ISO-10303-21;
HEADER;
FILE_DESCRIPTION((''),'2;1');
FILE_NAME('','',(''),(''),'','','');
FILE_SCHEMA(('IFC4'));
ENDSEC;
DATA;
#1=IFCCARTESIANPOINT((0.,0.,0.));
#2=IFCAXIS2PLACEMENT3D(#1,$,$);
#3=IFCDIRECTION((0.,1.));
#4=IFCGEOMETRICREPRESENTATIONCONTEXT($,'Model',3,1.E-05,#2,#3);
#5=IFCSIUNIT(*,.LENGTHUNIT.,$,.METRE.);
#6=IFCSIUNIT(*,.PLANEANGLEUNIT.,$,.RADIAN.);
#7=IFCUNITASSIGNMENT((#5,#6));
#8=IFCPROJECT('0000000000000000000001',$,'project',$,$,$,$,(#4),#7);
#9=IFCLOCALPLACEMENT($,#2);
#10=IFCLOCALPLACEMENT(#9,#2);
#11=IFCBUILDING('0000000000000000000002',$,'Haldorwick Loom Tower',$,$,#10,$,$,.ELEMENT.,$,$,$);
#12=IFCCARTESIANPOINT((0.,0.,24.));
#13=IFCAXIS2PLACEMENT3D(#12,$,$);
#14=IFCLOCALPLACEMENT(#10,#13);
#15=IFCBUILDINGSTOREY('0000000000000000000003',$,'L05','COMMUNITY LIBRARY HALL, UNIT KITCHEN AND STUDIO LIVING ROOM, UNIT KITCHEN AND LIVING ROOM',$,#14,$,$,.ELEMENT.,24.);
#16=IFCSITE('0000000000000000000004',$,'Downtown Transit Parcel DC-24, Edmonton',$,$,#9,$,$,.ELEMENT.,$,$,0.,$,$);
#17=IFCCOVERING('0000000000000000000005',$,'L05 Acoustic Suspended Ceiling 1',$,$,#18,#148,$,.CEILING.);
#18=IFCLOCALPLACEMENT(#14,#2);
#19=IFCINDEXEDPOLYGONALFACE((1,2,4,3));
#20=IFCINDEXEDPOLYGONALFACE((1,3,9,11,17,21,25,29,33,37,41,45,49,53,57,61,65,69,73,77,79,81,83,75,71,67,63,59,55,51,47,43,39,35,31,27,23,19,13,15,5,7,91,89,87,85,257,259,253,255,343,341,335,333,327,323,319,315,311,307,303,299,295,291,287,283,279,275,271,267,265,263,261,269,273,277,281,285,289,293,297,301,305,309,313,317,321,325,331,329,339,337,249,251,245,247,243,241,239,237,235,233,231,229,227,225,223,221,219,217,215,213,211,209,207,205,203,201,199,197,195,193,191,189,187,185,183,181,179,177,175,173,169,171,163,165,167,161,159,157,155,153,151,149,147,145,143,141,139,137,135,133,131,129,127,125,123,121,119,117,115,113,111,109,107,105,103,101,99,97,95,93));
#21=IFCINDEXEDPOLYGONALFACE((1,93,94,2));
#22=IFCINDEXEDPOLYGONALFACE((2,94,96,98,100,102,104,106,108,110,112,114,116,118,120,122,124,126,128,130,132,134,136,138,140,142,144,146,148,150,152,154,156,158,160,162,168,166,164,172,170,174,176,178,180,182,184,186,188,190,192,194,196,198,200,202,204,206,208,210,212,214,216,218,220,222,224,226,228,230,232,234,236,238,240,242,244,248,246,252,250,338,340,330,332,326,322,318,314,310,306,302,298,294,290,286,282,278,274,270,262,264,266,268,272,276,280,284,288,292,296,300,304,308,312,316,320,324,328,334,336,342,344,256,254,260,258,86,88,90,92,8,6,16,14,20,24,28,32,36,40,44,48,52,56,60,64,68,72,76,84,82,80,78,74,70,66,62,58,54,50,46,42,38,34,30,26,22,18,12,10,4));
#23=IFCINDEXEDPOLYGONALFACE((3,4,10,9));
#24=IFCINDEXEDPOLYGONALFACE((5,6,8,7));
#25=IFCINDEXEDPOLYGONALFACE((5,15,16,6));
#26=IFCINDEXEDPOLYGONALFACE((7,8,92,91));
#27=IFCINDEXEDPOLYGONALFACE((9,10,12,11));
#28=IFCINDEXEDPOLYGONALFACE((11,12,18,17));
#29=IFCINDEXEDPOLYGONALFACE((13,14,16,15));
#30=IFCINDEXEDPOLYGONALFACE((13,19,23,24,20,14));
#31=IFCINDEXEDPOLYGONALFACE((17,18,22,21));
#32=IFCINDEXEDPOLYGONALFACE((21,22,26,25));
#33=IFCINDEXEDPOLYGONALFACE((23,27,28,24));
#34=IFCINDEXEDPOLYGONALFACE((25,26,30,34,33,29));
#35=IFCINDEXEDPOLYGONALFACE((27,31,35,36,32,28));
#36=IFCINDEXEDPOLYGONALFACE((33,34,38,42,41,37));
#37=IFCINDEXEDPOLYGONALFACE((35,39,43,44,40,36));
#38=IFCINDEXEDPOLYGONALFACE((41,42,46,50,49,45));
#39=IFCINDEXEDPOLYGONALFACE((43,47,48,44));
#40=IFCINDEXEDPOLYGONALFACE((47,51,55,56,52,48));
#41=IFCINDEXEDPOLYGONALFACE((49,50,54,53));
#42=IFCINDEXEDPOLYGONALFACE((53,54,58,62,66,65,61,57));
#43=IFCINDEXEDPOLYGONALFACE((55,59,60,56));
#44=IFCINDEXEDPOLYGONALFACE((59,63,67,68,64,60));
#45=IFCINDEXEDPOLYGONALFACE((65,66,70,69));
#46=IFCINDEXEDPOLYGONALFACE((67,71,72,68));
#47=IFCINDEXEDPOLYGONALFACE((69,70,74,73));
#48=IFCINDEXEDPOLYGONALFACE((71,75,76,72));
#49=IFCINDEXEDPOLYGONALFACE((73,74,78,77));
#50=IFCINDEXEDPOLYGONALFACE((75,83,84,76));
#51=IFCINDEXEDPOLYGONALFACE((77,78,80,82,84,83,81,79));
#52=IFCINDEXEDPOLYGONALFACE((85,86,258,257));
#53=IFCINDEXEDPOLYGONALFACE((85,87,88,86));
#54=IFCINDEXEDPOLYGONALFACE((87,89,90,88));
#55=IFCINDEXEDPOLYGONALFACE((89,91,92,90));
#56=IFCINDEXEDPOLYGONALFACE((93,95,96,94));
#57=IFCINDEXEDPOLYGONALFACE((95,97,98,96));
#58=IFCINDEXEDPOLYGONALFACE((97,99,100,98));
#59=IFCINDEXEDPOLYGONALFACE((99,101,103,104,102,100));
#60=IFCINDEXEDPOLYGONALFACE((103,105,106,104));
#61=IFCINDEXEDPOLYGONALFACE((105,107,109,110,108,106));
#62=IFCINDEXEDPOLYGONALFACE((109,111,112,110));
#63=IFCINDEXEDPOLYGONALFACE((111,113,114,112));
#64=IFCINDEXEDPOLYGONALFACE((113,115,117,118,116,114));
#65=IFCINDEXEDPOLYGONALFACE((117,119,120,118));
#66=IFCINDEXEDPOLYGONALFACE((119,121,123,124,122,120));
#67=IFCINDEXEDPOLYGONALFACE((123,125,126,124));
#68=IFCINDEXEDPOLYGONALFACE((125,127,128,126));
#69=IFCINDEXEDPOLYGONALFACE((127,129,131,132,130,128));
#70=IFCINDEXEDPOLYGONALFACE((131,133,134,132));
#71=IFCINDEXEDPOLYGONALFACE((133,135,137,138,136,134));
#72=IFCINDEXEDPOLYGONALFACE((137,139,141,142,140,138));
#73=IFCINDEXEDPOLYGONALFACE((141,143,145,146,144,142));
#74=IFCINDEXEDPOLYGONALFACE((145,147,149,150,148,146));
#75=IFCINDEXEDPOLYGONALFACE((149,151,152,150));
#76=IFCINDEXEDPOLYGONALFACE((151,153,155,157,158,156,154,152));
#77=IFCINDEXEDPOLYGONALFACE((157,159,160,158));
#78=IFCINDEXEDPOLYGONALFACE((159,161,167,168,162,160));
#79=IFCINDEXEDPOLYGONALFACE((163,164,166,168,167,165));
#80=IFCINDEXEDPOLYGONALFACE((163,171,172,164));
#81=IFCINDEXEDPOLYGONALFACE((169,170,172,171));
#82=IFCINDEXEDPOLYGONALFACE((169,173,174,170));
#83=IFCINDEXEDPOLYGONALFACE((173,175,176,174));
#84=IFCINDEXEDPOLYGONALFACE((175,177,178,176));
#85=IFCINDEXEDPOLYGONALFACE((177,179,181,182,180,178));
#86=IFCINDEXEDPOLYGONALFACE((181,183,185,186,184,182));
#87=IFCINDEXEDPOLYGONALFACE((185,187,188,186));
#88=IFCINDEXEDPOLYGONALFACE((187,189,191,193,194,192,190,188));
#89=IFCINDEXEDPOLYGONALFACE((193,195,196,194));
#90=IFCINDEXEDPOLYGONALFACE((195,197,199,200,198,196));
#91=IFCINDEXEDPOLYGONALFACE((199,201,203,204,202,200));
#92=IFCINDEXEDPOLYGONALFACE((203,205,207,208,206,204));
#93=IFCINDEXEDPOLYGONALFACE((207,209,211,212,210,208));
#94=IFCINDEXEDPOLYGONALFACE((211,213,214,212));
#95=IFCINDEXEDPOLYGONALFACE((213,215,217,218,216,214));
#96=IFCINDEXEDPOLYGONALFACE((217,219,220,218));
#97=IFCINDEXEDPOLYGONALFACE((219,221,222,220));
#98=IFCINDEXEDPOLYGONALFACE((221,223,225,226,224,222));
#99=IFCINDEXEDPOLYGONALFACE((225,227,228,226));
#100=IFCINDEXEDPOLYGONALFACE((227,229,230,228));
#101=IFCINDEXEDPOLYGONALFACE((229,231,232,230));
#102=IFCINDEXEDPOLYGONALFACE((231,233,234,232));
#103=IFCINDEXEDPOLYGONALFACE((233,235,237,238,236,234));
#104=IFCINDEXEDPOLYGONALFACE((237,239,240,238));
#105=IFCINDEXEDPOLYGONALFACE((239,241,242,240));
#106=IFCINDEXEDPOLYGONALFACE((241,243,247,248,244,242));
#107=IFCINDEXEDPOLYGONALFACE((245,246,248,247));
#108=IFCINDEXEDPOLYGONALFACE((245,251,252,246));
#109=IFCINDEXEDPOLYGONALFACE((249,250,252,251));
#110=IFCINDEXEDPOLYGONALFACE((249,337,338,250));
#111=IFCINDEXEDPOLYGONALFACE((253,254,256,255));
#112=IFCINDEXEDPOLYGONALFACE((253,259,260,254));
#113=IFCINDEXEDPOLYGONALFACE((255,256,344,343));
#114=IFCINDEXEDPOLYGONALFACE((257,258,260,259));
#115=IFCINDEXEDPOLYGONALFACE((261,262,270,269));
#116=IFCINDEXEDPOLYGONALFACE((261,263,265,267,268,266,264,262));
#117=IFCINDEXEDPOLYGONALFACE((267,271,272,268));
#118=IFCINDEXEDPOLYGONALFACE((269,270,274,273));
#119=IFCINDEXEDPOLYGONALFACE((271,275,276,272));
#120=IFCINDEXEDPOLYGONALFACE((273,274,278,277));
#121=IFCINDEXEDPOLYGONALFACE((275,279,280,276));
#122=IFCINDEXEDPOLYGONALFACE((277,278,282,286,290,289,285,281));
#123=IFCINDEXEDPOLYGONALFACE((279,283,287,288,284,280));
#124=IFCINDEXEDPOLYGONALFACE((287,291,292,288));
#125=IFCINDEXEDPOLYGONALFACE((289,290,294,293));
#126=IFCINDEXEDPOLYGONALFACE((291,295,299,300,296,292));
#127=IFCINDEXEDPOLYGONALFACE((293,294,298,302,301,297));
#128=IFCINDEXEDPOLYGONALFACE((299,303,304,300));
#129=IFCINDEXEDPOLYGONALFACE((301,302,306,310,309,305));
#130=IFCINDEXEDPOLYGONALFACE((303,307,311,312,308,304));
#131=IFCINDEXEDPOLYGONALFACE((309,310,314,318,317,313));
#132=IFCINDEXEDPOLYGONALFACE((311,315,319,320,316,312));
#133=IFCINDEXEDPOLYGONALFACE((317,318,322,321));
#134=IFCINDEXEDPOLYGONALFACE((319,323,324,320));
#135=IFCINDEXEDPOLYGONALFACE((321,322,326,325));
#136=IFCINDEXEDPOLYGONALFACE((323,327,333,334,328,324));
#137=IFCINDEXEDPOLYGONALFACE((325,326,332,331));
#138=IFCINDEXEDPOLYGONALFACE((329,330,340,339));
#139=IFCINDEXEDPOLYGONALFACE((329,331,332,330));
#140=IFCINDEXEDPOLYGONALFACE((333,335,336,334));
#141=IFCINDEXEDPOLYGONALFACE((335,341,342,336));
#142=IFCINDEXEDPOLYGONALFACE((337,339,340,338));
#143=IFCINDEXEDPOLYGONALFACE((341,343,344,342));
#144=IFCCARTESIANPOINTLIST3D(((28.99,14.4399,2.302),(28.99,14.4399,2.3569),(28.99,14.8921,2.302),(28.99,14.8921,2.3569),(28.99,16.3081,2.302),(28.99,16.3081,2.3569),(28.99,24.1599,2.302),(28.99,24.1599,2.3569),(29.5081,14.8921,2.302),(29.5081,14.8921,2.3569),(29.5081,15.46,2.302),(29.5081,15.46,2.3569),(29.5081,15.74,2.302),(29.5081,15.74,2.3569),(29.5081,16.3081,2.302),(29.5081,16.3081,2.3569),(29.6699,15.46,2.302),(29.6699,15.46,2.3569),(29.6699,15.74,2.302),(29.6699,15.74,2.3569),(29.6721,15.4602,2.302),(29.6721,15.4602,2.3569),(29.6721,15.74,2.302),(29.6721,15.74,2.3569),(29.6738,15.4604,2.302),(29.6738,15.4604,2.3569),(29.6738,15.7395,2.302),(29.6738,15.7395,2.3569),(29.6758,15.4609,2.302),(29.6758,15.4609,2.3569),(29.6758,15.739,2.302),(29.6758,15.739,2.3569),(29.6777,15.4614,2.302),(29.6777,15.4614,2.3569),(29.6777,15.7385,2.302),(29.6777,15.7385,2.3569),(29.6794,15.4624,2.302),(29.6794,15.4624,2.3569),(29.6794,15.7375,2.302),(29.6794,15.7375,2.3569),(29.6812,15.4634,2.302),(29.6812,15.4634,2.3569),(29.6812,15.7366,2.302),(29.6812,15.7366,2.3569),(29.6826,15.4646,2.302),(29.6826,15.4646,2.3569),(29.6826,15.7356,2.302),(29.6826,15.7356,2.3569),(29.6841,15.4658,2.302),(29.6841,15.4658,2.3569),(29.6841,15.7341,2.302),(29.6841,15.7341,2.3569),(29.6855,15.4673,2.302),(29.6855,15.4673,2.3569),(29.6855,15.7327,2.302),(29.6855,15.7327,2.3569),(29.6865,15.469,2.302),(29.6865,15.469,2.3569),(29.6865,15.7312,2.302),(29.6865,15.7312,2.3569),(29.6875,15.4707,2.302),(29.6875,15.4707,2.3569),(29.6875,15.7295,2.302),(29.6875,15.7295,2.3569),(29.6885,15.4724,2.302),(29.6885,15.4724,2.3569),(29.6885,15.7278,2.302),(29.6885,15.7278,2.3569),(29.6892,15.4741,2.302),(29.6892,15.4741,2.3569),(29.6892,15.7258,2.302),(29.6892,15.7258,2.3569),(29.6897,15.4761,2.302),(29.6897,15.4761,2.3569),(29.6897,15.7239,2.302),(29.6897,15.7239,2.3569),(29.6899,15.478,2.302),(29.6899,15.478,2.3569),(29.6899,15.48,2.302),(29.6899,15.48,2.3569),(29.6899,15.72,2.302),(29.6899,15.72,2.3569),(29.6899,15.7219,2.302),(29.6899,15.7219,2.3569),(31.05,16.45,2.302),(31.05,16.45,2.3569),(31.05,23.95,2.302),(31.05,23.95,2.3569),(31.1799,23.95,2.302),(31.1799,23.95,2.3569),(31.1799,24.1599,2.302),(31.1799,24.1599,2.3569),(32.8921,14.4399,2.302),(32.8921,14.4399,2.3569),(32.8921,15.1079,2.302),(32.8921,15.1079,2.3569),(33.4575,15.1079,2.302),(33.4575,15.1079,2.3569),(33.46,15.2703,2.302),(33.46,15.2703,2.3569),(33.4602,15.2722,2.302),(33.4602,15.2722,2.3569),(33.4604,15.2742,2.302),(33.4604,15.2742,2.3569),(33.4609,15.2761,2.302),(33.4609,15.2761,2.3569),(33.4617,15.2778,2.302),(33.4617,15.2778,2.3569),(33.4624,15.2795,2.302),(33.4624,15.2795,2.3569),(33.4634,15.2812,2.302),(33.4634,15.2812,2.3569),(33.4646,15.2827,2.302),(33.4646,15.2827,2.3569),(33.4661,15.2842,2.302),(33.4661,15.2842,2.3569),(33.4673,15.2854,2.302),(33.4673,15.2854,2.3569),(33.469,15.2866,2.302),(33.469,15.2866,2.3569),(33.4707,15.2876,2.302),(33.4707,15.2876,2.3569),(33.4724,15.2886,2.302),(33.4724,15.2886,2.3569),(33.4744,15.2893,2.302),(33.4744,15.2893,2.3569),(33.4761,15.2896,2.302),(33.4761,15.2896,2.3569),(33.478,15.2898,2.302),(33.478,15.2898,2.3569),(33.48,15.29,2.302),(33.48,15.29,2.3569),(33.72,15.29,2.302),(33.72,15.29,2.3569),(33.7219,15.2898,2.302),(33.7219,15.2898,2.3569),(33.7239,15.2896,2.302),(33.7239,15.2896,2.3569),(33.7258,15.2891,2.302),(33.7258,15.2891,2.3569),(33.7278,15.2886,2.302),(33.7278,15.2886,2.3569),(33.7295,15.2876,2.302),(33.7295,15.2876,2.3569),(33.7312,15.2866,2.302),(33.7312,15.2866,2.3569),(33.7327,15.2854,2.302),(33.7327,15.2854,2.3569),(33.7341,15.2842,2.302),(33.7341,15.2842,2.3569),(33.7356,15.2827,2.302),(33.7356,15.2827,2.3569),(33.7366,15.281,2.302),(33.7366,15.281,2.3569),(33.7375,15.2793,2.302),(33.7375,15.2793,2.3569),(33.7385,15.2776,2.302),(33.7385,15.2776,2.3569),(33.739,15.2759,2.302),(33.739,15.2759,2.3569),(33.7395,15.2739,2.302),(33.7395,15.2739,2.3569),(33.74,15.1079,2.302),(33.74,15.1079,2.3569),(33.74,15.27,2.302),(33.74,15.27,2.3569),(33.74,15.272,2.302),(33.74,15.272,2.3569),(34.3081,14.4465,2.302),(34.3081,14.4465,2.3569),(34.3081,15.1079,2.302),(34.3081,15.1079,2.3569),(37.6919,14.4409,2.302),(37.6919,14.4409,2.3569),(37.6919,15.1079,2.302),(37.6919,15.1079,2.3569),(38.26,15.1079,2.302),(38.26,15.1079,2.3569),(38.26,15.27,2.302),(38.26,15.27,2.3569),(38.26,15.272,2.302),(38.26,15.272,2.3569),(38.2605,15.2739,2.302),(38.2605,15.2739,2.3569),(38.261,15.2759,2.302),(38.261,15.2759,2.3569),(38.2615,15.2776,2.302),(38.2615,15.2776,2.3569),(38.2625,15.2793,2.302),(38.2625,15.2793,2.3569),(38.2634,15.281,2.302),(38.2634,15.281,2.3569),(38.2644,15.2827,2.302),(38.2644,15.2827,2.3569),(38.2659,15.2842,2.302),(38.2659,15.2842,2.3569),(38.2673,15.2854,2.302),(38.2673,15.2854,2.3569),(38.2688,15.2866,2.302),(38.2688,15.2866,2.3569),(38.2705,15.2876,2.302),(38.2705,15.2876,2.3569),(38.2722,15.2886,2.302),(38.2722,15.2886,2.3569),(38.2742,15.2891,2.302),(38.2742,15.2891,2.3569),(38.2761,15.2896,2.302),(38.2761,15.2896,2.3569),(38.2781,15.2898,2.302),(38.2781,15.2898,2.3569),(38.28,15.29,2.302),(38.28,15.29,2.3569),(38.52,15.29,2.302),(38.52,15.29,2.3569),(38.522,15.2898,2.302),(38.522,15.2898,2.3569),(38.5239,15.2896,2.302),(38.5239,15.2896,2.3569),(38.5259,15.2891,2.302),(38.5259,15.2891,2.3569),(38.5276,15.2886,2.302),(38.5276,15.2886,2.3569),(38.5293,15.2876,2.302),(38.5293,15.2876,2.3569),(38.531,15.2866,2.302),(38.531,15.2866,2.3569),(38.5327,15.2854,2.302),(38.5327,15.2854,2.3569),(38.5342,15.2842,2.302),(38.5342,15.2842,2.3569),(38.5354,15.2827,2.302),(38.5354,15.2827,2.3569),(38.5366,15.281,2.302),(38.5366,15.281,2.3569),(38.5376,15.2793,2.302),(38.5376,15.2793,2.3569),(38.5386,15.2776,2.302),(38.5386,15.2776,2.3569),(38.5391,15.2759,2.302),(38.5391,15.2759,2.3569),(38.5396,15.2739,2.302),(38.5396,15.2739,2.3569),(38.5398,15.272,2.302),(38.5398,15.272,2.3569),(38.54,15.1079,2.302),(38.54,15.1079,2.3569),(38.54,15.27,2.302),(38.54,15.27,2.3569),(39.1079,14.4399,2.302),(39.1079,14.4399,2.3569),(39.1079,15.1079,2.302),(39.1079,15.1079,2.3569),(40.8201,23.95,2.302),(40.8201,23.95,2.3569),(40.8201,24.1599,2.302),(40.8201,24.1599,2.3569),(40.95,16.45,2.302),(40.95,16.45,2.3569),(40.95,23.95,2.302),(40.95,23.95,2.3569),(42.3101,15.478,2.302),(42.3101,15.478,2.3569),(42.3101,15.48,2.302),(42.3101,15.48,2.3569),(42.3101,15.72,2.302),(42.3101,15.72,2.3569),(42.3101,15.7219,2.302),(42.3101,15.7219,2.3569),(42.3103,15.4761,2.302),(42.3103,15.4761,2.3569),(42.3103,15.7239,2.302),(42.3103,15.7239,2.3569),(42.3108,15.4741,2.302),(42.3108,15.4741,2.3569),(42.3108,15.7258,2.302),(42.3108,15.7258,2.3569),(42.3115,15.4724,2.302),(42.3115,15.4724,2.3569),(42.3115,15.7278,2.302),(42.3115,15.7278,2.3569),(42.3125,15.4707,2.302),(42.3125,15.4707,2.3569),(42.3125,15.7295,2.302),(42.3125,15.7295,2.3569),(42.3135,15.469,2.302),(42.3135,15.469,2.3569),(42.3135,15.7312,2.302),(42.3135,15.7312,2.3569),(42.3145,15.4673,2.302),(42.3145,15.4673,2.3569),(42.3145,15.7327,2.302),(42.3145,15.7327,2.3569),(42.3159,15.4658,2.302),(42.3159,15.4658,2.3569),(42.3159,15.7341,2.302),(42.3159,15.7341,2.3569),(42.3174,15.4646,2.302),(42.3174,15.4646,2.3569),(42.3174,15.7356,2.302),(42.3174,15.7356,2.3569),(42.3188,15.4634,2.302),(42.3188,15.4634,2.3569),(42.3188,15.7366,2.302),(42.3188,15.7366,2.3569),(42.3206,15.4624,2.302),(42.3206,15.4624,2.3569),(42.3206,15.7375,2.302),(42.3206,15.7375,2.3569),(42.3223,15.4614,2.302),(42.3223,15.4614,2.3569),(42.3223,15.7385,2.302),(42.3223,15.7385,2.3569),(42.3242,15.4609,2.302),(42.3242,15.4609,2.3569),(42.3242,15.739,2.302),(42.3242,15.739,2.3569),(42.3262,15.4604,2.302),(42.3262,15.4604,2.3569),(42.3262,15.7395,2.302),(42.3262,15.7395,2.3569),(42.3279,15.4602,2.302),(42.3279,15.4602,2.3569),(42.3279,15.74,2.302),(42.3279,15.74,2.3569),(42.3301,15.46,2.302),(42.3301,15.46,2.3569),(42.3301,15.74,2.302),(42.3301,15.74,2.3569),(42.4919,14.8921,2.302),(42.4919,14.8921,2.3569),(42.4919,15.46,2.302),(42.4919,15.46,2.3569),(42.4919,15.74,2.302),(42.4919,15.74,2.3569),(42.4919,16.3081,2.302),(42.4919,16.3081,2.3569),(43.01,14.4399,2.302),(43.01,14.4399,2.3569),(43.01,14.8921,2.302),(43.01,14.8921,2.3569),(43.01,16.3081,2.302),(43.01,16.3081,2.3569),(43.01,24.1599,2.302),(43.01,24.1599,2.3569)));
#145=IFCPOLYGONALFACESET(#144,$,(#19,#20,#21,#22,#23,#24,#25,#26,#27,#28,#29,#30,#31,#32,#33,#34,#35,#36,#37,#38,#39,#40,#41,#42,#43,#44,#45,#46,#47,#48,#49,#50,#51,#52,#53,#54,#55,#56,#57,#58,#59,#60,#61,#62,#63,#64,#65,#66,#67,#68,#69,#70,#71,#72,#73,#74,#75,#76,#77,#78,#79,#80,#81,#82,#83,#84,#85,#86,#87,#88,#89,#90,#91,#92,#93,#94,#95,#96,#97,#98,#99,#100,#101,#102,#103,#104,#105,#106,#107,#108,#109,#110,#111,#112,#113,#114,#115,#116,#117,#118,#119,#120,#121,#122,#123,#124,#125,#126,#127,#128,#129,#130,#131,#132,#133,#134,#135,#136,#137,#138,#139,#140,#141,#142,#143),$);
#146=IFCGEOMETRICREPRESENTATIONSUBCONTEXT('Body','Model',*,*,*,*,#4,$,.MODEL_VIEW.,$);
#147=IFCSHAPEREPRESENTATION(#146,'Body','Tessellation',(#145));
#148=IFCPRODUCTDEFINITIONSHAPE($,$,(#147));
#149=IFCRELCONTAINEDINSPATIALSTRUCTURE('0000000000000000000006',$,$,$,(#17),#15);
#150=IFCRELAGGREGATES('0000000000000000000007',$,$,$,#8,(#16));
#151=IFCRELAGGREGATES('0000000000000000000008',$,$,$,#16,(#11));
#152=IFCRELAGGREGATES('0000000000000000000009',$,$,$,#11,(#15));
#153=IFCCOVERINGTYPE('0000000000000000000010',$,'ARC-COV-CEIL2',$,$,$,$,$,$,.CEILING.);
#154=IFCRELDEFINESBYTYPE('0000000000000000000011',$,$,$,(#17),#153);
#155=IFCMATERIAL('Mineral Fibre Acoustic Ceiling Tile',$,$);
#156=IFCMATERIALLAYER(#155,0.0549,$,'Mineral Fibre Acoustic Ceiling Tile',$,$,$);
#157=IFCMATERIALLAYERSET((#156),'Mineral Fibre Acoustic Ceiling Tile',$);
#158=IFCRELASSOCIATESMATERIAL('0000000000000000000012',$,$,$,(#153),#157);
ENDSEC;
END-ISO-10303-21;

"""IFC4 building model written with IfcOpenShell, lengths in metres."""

from ifc_helpers import new_model, si_unit, direction, frame, origin, place, context, subcontext, project, spatial, polyline, outline, extrude, material, layer, layer_set, type_object, element, save


model = new_model("IFC4")

# Units and contexts
model_context = context("Model", 3, precision=1e-05, world=origin(), true_north=direction((0.0, 1.0)))
body_context = subcontext(model_context, "Body", "Model", "MODEL_VIEW")
ifc_project = project(units=[si_unit("LENGTHUNIT", "METRE"), si_unit("PLANEANGLEUNIT", "RADIAN")], contexts=[model_context])

# Site, building, storey
site_placement = place(None, origin())
site = spatial("IfcSite", under=ifc_project, at=site_placement, Name="Downtown Transit Parcel DC-24, Edmonton", CompositionType="ELEMENT", RefElevation=0.0)
building_placement = place(site_placement, origin())
building = spatial("IfcBuilding", under=site, at=building_placement, Name="Haldorwick Loom Tower", CompositionType="ELEMENT")
storey_placement = place(building_placement, frame((0.0, 0.0, 24.0)))
storey = spatial("IfcBuildingStorey", under=building, at=storey_placement, Name="L05", Description="COMMUNITY LIBRARY HALL, UNIT KITCHEN AND STUDIO LIVING ROOM, UNIT KITCHEN AND LIVING ROOM", CompositionType="ELEMENT", Elevation=24.0)

# Covering
ifc_material_1 = material(Name="Mineral Fibre Acoustic Ceiling Tile")
ifc_layer_1 = layer(ifc_material_1, 0.0549, Name="Mineral Fibre Acoustic Ceiling Tile")
ifc_layer_set_1 = layer_set([ifc_layer_1], Name="Mineral Fibre Acoustic Ceiling Tile")
covering_type_1 = type_object("IfcCoveringType", Name="ARC-COV-CEIL2", PredefinedType="CEILING", material=ifc_layer_set_1)
covering_1_placement = place(storey_placement, frame((0.0, 0.0, 2.302)))
element("IfcCovering", 1, at=covering_1_placement, inside=storey, type_object=covering_type_1, Name="L05 Acoustic Suspended Ceiling 1", PredefinedType="CEILING", context=body_context, shape_type="SweptSolid", body=[
    extrude(outline(polyline([(37.6919, 14.4409), (37.6919, 15.1079), (38.26, 15.1079), (38.26, 15.27), (38.26, 15.272), (38.2605, 15.2739), (38.261, 15.2759), (38.2615, 15.2776), (38.2625, 15.2793), (38.2634, 15.281), (38.2644, 15.2827), (38.2659, 15.2842), (38.2673, 15.2854), (38.2688, 15.2866), (38.2705, 15.2876), (38.2722, 15.2886), (38.2742, 15.2891), (38.2761, 15.2896), (38.2781, 15.2898), (38.28, 15.29), (38.52, 15.29), (38.522, 15.2898), (38.5239, 15.2896), (38.5259, 15.2891), (38.5276, 15.2886), (38.5293, 15.2876), (38.531, 15.2866), (38.5327, 15.2854), (38.5342, 15.2842), (38.5354, 15.2827), (38.5366, 15.281), (38.5376, 15.2793), (38.5386, 15.2776), (38.5391, 15.2759), (38.5396, 15.2739), (38.5398, 15.272), (38.54, 15.27), (38.54, 15.1079), (39.1079, 15.1079), (39.1079, 14.4399), (43.01, 14.4399), (43.01, 14.8921), (42.4919, 14.8921), (42.4919, 15.46), (42.3301, 15.46), (42.3279, 15.4602), (42.3262, 15.4604), (42.3242, 15.4609), (42.3223, 15.4614), (42.3206, 15.4624), (42.3188, 15.4634), (42.3174, 15.4646), (42.3159, 15.4658), (42.3145, 15.4673), (42.3135, 15.469), (42.3125, 15.4707), (42.3115, 15.4724), (42.3108, 15.4741), (42.3103, 15.4761), (42.3101, 15.478), (42.3101, 15.48), (42.3101, 15.72), (42.3101, 15.7219), (42.3103, 15.7239), (42.3108, 15.7258), (42.3115, 15.7278), (42.3125, 15.7295), (42.3135, 15.7312), (42.3145, 15.7327), (42.3159, 15.7341), (42.3174, 15.7356), (42.3188, 15.7366), (42.3206, 15.7375), (42.3223, 15.7385), (42.3242, 15.739), (42.3262, 15.7395), (42.3279, 15.74), (42.3301, 15.74), (42.4919, 15.74), (42.4919, 16.3081), (43.01, 16.3081), (43.01, 24.1599), (40.8201, 24.1599), (40.8201, 23.95), (40.95, 23.95), (40.95, 16.45), (31.05, 16.45), (31.05, 23.95), (31.1799, 23.95), (31.1799, 24.1599), (28.99, 24.1599), (28.99, 16.3081), (29.5081, 16.3081), (29.5081, 15.74), (29.6699, 15.74), (29.6721, 15.74), (29.6738, 15.7395), (29.6758, 15.739), (29.6777, 15.7385), (29.6794, 15.7375), (29.6812, 15.7366), (29.6826, 15.7356), (29.6841, 15.7341), (29.6855, 15.7327), (29.6865, 15.7312), (29.6875, 15.7295), (29.6885, 15.7278), (29.6892, 15.7258), (29.6897, 15.7239), (29.6899, 15.7219), (29.6899, 15.72), (29.6899, 15.48), (29.6899, 15.478), (29.6897, 15.4761), (29.6892, 15.4741), (29.6885, 15.4724), (29.6875, 15.4707), (29.6865, 15.469), (29.6855, 15.4673), (29.6841, 15.4658), (29.6826, 15.4646), (29.6812, 15.4634), (29.6794, 15.4624), (29.6777, 15.4614), (29.6758, 15.4609), (29.6738, 15.4604), (29.6721, 15.4602), (29.6699, 15.46), (29.5081, 15.46), (29.5081, 14.8921), (28.99, 14.8921), (28.99, 14.4399), (32.8921, 14.4399), (32.8921, 15.1079), (33.4575, 15.1079), (33.46, 15.2703), (33.4602, 15.2722), (33.4604, 15.2742), (33.4609, 15.2761), (33.4617, 15.2778), (33.4624, 15.2795), (33.4634, 15.2812), (33.4646, 15.2827), (33.4661, 15.2842), (33.4673, 15.2854), (33.469, 15.2866), (33.4707, 15.2876), (33.4724, 15.2886), (33.4744, 15.2893), (33.4761, 15.2896), (33.478, 15.2898), (33.48, 15.29), (33.72, 15.29), (33.7219, 15.2898), (33.7239, 15.2896), (33.7258, 15.2891), (33.7278, 15.2886), (33.7295, 15.2876), (33.7312, 15.2866), (33.7327, 15.2854), (33.7341, 15.2842), (33.7356, 15.2827), (33.7366, 15.281), (33.7375, 15.2793), (33.7385, 15.2776), (33.739, 15.2759), (33.7395, 15.2739), (33.74, 15.272), (33.74, 15.27), (33.74, 15.1079), (34.3081, 15.1079), (34.3081, 14.4465), (37.6919, 14.4409)])), origin(), (0.0, 0.0, 1.0), 0.0549),
])

save(model, "model.ifc")
